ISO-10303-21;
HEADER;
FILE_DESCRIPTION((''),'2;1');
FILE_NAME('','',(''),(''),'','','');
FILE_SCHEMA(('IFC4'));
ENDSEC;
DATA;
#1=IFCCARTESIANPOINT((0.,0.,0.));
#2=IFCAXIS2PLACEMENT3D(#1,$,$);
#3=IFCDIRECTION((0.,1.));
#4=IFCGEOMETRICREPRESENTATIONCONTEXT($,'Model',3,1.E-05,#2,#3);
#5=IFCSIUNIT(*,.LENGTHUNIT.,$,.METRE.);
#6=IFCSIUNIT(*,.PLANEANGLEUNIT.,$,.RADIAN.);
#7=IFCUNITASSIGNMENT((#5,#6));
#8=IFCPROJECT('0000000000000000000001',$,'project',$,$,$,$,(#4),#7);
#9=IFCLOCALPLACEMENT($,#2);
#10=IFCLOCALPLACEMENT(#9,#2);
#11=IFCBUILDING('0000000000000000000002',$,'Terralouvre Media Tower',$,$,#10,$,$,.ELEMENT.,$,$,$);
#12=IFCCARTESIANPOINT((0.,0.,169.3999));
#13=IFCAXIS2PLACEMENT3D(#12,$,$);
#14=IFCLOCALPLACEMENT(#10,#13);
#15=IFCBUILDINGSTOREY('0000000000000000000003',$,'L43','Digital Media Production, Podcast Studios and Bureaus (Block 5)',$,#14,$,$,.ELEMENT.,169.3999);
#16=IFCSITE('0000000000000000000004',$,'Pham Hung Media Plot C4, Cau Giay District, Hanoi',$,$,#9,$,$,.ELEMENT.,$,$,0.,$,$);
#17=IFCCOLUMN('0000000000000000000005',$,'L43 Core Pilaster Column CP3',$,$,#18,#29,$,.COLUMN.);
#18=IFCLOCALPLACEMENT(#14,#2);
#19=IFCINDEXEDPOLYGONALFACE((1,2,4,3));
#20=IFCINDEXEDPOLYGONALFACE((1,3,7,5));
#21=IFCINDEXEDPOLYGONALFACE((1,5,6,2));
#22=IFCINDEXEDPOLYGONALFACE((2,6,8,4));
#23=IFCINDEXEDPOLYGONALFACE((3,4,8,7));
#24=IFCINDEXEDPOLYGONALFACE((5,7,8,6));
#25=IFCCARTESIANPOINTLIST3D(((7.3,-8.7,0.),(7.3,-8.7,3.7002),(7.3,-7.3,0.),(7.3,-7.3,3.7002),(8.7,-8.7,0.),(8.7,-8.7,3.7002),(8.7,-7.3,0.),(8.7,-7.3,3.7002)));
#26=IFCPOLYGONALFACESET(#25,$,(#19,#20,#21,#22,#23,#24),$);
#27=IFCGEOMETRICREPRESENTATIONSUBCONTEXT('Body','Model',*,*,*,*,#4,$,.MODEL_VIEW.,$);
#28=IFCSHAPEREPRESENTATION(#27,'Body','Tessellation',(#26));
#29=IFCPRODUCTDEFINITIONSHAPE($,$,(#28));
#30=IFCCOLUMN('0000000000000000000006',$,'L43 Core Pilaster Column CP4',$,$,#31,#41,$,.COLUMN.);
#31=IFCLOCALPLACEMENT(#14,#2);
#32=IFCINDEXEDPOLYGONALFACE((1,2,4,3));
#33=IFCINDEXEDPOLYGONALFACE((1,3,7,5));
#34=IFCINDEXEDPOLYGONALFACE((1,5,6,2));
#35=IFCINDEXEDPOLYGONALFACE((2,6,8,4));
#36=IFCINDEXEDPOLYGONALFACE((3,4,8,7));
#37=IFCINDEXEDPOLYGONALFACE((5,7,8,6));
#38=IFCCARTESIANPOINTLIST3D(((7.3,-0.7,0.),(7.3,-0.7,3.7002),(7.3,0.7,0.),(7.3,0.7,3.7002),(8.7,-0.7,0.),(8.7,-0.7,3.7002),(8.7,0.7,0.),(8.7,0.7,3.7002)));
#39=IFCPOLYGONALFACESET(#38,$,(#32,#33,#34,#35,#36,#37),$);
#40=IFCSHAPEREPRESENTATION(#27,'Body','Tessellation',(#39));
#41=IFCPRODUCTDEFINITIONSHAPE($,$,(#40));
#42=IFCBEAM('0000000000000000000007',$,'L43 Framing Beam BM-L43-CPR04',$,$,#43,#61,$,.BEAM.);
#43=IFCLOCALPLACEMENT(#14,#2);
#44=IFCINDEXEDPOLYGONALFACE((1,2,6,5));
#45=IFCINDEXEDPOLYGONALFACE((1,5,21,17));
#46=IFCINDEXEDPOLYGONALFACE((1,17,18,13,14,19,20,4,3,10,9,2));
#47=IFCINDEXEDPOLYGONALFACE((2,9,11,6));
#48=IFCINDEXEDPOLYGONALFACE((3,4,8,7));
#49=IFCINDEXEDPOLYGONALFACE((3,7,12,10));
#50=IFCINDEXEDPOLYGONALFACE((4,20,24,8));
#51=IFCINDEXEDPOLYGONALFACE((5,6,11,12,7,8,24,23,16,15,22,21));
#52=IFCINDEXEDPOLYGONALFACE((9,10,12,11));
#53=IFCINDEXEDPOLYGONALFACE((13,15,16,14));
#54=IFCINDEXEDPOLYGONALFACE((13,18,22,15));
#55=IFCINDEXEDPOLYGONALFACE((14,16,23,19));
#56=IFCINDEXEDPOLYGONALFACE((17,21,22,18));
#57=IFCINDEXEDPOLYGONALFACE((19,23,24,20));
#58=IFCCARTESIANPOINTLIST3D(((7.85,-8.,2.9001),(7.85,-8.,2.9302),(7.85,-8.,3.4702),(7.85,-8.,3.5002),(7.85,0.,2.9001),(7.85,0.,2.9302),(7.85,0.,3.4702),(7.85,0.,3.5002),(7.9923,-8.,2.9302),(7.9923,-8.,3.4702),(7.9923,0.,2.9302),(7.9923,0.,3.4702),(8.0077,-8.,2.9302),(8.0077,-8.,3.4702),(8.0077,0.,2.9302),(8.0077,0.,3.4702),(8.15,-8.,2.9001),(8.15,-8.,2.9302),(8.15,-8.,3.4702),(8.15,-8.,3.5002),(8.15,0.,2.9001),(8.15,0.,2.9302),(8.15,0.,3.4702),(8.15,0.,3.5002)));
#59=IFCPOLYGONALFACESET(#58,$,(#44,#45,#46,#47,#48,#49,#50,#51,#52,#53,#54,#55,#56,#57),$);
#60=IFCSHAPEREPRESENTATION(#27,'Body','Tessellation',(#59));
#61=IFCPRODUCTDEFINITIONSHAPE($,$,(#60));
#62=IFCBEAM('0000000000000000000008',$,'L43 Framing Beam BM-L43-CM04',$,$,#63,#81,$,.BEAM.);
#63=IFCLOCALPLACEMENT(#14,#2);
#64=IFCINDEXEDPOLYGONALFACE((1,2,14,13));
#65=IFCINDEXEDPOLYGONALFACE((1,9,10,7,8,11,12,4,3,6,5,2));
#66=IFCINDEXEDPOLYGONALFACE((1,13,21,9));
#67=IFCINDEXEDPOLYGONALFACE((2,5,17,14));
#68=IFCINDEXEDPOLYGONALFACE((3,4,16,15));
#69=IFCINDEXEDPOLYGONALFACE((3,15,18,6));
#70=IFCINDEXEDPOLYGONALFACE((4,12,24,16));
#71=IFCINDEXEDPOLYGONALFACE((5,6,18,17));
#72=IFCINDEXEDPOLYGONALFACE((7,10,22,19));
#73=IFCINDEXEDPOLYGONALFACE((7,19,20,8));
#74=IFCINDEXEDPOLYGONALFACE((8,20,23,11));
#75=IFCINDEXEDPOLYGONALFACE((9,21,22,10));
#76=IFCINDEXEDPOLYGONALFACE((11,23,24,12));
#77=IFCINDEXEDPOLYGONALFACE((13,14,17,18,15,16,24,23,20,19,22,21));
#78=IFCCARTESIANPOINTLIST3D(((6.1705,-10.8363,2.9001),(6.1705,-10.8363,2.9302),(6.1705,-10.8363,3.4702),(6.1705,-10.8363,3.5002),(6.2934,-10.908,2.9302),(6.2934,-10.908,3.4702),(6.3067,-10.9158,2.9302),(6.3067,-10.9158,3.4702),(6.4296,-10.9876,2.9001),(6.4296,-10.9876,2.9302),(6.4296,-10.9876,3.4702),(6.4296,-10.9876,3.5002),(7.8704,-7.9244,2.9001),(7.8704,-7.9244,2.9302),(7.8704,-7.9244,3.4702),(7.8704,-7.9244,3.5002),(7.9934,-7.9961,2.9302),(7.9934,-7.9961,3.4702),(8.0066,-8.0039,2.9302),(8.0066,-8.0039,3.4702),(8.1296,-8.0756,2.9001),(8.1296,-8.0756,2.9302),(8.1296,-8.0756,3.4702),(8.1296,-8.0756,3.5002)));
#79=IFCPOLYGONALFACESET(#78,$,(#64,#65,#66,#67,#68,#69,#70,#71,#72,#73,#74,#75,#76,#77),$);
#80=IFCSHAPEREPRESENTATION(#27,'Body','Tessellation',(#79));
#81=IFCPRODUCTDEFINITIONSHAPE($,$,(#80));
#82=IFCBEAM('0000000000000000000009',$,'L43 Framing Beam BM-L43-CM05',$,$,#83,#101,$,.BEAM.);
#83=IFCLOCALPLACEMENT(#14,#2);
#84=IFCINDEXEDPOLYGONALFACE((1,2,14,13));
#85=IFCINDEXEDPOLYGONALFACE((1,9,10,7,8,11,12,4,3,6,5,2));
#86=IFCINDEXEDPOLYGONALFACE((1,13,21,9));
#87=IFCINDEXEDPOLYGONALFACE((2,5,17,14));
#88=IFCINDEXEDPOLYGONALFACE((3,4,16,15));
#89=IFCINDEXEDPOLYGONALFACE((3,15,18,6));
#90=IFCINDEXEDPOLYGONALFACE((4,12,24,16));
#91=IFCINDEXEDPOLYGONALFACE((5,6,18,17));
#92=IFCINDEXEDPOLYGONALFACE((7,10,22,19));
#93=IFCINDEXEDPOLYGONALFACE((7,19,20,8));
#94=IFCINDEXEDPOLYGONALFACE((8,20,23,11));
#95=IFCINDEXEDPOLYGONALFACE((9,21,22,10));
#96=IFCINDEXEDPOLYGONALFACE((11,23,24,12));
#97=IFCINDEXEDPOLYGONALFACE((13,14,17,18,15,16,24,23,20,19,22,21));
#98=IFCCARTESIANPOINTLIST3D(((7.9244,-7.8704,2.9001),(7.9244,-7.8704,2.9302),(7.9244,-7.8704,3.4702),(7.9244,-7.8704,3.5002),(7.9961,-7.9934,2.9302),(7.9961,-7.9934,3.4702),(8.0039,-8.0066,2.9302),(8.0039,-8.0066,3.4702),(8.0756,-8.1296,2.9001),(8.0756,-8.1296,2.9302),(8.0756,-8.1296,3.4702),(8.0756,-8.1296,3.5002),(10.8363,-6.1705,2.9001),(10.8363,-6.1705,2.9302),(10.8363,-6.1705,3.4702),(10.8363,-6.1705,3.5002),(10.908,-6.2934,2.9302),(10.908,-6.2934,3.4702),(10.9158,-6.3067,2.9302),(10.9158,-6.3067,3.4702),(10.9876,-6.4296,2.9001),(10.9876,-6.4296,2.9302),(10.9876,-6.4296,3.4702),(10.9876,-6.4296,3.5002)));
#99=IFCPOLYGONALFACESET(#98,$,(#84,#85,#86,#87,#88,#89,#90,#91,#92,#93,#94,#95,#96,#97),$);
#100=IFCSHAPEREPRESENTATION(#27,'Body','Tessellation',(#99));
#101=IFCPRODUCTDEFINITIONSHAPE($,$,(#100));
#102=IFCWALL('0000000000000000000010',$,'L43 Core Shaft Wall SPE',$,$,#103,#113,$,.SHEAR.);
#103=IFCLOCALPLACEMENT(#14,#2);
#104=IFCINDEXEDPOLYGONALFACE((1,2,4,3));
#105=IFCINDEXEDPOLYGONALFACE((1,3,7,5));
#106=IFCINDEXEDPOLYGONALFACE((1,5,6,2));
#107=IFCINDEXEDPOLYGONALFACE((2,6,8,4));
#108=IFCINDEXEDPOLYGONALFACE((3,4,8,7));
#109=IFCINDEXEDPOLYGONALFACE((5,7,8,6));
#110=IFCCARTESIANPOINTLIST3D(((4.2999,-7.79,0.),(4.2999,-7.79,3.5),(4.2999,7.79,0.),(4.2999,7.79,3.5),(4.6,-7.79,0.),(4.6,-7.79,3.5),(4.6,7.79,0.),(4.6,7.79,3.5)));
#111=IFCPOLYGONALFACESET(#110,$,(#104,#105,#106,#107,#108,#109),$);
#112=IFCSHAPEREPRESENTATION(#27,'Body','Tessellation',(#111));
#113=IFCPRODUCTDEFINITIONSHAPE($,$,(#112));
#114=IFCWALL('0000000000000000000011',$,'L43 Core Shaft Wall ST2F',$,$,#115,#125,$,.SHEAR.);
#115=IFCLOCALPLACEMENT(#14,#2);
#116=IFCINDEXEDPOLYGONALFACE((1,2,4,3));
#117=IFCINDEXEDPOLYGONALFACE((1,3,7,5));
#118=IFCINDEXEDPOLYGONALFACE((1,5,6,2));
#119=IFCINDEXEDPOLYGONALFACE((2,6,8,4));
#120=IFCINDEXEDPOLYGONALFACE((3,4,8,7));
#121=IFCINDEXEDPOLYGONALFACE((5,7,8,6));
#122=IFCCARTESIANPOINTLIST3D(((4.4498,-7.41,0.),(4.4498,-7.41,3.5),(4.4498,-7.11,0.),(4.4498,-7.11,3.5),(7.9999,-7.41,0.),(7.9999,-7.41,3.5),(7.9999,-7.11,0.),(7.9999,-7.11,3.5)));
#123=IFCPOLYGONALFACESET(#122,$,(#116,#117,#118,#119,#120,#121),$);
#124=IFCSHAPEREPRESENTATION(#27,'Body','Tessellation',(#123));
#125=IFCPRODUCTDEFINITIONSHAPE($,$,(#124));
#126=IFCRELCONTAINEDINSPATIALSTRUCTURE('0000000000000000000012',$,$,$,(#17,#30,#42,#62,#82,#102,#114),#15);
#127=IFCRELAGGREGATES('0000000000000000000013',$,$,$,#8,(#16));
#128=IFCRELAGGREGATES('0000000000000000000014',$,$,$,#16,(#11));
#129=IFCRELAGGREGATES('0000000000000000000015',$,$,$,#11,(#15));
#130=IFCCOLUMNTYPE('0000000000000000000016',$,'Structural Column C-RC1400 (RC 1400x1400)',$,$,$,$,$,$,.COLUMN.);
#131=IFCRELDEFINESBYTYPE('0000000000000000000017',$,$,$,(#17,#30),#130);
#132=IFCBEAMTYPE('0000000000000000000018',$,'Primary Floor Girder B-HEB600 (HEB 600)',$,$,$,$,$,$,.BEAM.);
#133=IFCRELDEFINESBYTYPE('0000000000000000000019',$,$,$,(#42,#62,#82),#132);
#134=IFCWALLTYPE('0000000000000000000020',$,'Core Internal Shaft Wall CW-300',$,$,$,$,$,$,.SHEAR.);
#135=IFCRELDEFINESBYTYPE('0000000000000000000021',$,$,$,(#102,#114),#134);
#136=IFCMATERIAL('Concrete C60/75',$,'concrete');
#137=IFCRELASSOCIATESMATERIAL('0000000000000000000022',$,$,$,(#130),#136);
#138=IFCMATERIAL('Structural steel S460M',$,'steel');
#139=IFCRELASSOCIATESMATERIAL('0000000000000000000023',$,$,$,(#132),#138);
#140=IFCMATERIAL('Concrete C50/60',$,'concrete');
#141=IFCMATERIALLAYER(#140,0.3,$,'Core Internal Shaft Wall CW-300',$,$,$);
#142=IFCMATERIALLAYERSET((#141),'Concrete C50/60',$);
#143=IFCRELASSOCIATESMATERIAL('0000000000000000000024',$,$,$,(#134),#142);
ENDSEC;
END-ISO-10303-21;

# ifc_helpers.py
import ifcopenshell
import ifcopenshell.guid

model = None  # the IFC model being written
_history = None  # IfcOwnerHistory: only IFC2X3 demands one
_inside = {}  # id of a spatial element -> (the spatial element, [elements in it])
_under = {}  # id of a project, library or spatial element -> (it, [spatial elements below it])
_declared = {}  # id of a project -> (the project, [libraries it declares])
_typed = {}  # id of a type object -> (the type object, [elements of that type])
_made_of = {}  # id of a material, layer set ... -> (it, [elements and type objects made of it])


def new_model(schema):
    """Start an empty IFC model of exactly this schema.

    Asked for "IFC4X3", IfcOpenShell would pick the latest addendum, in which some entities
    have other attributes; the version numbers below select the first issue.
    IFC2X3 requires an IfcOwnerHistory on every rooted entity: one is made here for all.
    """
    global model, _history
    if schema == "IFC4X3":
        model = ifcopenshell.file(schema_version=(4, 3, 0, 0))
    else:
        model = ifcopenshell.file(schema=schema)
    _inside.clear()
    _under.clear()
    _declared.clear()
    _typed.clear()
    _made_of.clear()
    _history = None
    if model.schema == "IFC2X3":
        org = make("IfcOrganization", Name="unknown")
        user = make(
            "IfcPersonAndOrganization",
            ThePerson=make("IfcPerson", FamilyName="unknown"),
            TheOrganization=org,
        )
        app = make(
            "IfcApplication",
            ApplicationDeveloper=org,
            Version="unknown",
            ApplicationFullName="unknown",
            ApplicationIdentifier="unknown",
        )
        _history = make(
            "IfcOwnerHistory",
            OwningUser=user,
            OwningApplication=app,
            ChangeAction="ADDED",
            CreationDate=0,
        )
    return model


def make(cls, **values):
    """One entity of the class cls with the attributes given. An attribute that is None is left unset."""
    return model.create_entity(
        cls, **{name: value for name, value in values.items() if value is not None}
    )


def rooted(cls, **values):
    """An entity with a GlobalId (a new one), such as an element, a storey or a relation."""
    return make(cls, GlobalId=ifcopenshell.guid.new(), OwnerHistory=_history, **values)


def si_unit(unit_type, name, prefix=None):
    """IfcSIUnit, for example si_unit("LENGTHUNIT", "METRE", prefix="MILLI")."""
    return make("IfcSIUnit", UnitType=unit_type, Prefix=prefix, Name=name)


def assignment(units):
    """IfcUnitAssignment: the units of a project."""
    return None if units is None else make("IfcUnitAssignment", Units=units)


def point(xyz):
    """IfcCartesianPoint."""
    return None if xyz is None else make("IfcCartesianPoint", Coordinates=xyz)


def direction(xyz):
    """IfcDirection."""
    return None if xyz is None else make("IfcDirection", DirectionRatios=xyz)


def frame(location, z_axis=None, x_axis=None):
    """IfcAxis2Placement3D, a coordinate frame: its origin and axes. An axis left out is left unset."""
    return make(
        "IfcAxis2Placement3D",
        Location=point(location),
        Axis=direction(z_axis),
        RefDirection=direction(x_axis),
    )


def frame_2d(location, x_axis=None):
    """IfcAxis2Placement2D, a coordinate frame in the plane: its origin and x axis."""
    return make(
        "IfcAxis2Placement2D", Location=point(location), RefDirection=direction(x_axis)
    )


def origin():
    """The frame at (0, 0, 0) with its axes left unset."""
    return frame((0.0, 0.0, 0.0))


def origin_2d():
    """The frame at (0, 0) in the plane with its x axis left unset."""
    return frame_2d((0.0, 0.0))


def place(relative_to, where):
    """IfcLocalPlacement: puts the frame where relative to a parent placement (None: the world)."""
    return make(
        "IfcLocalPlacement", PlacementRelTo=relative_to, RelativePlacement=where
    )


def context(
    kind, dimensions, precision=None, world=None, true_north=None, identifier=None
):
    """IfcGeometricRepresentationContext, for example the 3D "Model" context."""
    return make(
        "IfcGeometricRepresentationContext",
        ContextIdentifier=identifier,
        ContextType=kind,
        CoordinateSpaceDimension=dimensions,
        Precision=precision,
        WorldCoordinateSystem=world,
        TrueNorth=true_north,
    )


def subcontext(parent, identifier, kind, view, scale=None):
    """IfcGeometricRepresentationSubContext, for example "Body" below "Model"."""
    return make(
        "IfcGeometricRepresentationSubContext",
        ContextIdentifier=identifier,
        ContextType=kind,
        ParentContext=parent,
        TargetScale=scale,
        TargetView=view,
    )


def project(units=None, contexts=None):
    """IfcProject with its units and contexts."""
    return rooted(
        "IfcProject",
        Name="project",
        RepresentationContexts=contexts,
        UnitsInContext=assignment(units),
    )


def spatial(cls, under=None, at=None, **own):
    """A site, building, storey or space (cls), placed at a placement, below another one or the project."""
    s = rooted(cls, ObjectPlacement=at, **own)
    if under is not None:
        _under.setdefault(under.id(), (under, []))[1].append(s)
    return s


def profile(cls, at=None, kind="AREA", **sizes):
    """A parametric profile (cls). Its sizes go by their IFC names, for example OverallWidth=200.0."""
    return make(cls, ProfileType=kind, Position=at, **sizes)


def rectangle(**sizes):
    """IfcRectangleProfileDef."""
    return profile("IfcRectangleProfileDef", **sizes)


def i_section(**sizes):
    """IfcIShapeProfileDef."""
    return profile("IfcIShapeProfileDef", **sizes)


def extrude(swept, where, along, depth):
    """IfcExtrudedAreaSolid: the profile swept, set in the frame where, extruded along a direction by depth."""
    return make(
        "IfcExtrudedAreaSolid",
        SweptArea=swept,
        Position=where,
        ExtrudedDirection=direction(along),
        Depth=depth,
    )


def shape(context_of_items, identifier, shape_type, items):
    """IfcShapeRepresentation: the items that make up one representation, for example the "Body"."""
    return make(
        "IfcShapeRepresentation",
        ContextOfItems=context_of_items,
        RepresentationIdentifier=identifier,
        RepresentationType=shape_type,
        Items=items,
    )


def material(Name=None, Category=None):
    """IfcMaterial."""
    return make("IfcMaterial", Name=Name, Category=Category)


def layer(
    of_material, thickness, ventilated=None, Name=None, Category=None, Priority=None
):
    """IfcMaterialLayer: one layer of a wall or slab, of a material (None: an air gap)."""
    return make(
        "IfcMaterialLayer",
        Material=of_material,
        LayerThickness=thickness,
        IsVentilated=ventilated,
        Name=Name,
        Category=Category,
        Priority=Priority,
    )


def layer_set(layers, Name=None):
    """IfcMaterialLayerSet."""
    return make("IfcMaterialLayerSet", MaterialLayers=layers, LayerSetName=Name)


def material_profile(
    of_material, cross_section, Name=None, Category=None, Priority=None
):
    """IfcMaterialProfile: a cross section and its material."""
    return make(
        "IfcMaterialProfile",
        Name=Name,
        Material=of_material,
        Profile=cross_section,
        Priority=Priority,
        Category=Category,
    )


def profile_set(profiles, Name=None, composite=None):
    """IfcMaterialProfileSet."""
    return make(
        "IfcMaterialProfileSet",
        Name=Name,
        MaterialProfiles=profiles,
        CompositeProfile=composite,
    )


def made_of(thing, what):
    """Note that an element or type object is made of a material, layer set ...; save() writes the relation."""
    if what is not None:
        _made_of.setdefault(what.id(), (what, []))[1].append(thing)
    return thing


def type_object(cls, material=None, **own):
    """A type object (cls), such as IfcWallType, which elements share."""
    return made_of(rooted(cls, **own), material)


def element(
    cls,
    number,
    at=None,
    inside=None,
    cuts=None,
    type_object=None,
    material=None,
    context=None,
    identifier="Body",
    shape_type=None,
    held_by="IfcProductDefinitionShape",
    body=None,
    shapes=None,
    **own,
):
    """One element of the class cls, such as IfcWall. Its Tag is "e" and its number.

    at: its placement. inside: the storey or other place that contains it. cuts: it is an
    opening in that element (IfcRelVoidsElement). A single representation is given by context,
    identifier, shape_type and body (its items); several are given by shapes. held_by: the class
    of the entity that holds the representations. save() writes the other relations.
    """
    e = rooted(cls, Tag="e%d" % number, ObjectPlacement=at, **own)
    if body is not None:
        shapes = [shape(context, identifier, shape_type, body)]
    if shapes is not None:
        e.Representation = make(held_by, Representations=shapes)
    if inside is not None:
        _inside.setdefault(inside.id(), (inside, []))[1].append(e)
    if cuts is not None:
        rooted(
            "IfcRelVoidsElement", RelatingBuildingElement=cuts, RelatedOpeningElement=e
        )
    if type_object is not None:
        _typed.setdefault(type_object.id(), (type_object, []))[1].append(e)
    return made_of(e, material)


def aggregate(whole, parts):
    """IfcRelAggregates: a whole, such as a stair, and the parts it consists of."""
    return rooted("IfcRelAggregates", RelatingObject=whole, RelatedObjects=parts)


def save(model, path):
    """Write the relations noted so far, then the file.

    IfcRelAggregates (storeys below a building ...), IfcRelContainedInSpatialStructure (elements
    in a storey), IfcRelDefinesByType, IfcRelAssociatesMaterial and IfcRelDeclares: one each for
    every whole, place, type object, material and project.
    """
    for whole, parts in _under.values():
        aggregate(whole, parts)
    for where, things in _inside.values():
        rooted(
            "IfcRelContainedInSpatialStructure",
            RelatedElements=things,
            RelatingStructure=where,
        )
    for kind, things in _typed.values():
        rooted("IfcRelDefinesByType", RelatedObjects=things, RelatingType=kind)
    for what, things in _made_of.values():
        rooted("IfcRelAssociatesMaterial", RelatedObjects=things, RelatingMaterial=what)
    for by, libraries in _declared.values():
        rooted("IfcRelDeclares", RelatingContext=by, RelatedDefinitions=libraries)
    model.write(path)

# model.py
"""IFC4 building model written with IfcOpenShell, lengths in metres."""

from ifc_helpers import new_model, si_unit, direction, frame, frame_2d, origin, origin_2d, place, context, subcontext, project, spatial, rectangle, i_section, extrude, material, layer, layer_set, material_profile, profile_set, type_object, element, save


model = new_model("IFC4")

# Units and contexts
model_context = context("Model", 3, precision=1e-05, world=origin(), true_north=direction((0.0, 1.0)))
body_context = subcontext(model_context, "Body", "Model", "MODEL_VIEW")
ifc_project = project(units=[si_unit("LENGTHUNIT", "METRE"), si_unit("PLANEANGLEUNIT", "RADIAN")], contexts=[model_context])

# Site, building, storey
site_placement = place(None, origin())
site = spatial("IfcSite", under=ifc_project, at=site_placement, Name="Pham Hung Media Plot C4, Cau Giay District, Hanoi", CompositionType="ELEMENT", RefElevation=0.0)
building_placement = place(site_placement, origin())
building = spatial("IfcBuilding", under=site, at=building_placement, Name="Terralouvre Media Tower", CompositionType="ELEMENT")
storey_placement = place(building_placement, frame((0.0, 0.0, 169.3999)))
storey = spatial("IfcBuildingStorey", under=building, at=storey_placement, Name="L43", Description="Digital Media Production, Podcast Studios and Bureaus (Block 5)", CompositionType="ELEMENT", Elevation=169.3999)

# Columns
ifc_material_1 = material(Name="Concrete C60/75", Category="concrete")
ifc_material_profile_1 = material_profile(ifc_material_1, rectangle(XDim=1.3999, YDim=1.3999, at=origin_2d()), Name="RC 1400x1400")
ifc_profile_set_1 = profile_set([ifc_material_profile_1], Name="Concrete C60/75")
column_type = type_object("IfcColumnType", Name="Structural Column C-RC1400 (RC 1400x1400)", PredefinedType="COLUMN", material=ifc_profile_set_1)
for number, where, z_axis, x_axis, name in (
    (1, (8.0, -8.0, 0.0), (0.0, 0.0, 1.0), (1.0, 0.0, 0.0), "L43 Core Pilaster Column CP3"),
    (2, (8.0, 0.0, 0.0), (0.0, 0.0, 1.0), (1.0, 0.0, 0.0), "L43 Core Pilaster Column CP4"),
):
    element("IfcColumn", number, at=place(storey_placement, frame(where, z_axis=z_axis, x_axis=x_axis)), inside=storey, type_object=column_type, Name=name, PredefinedType="COLUMN", context=body_context, shape_type="SweptSolid", body=[
        extrude(rectangle(XDim=1.3999, YDim=1.3999, at=origin_2d()), origin(), (0.0, 0.0, 1.0), 3.7002),
    ])

# Beams
ifc_material_2 = material(Name="Structural steel S460M", Category="steel")
ifc_material_profile_2 = material_profile(ifc_material_2, i_section(OverallWidth=0.3, OverallDepth=0.6001, WebThickness=0.0154, FlangeThickness=0.03, at=origin_2d()), Name="HEB 600")
ifc_profile_set_2 = profile_set([ifc_material_profile_2], Name="Structural steel S460M")
beam_type = type_object("IfcBeamType", Name="Primary Floor Girder B-HEB600 (HEB 600)", PredefinedType="BEAM", material=ifc_profile_set_2)
beam_placement = place(storey_placement, frame((8.0, -8.0, 3.2002), z_axis=(0.0, 1.0, 0.0), x_axis=(-1.0, 0.0, 0.0)))
element("IfcBeam", 3, at=beam_placement, inside=storey, type_object=beam_type, Name="L43 Framing Beam BM-L43-CPR04", PredefinedType="BEAM", context=body_context, shape_type="SweptSolid", body=[
    extrude(i_section(OverallWidth=0.3, OverallDepth=0.6001, WebThickness=0.0154, FlangeThickness=0.03, at=origin_2d()), origin(), (0.0, 0.0, 1.0), 8.0),
])
for number, where, z_axis, x_axis, name in (
    (4, (8.0, -8.0, 3.2002), (-0.504173, -0.863603, 0.0), (0.863603, -0.504173, 0.0), "L43 Framing Beam BM-L43-CM04"),
    (5, (8.0, -8.0, 3.2002), (0.863603, 0.504173, 0.0), (-0.504173, 0.863603, 0.0), "L43 Framing Beam BM-L43-CM05"),
):
    element("IfcBeam", number, at=place(storey_placement, frame(where, z_axis=z_axis, x_axis=x_axis)), inside=storey, type_object=beam_type, Name=name, PredefinedType="BEAM", context=body_context, shape_type="SweptSolid", body=[
        extrude(i_section(OverallWidth=0.3, OverallDepth=0.6001, WebThickness=0.0154, FlangeThickness=0.03, at=origin_2d()), origin(), (0.0, 0.0, 1.0), 3.3718),
    ])

# Wall
ifc_material_3 = material(Name="Concrete C50/60", Category="concrete")
ifc_layer_1 = layer(ifc_material_3, 0.3, Name="Core Internal Shaft Wall CW-300")
ifc_layer_set_1 = layer_set([ifc_layer_1], Name="Concrete C50/60")
wall_type_1 = type_object("IfcWallType", Name="Core Internal Shaft Wall CW-300", PredefinedType="SHEAR", material=ifc_layer_set_1)
wall_1_placement = place(storey_placement, frame((4.45, -7.79, 0.0), z_axis=(0.0, 0.0, 1.0), x_axis=(0.0, 1.0, 0.0)))
element("IfcWall", 6, at=wall_1_placement, inside=storey, type_object=wall_type_1, Name="L43 Core Shaft Wall SPE", PredefinedType="SHEAR", context=body_context, shape_type="SweptSolid", body=[
    extrude(rectangle(XDim=15.5801, YDim=0.3, at=frame_2d((7.79, 0.0))), origin(), (0.0, 0.0, 1.0), 3.5),
])

# Wall
wall_2_placement = place(storey_placement, frame((4.45, -7.26, 0.0), z_axis=(0.0, 0.0, 1.0), x_axis=(1.0, 0.0, 0.0)))
element("IfcWall", 7, at=wall_2_placement, inside=storey, type_object=wall_type_1, Name="L43 Core Shaft Wall ST2F", PredefinedType="SHEAR", context=body_context, shape_type="SweptSolid", body=[
    extrude(rectangle(XDim=3.55, YDim=0.3, at=frame_2d((1.7749, 0.0))), origin(), (0.0, 0.0, 1.0), 3.5),
])

save(model, "model.ifc")
